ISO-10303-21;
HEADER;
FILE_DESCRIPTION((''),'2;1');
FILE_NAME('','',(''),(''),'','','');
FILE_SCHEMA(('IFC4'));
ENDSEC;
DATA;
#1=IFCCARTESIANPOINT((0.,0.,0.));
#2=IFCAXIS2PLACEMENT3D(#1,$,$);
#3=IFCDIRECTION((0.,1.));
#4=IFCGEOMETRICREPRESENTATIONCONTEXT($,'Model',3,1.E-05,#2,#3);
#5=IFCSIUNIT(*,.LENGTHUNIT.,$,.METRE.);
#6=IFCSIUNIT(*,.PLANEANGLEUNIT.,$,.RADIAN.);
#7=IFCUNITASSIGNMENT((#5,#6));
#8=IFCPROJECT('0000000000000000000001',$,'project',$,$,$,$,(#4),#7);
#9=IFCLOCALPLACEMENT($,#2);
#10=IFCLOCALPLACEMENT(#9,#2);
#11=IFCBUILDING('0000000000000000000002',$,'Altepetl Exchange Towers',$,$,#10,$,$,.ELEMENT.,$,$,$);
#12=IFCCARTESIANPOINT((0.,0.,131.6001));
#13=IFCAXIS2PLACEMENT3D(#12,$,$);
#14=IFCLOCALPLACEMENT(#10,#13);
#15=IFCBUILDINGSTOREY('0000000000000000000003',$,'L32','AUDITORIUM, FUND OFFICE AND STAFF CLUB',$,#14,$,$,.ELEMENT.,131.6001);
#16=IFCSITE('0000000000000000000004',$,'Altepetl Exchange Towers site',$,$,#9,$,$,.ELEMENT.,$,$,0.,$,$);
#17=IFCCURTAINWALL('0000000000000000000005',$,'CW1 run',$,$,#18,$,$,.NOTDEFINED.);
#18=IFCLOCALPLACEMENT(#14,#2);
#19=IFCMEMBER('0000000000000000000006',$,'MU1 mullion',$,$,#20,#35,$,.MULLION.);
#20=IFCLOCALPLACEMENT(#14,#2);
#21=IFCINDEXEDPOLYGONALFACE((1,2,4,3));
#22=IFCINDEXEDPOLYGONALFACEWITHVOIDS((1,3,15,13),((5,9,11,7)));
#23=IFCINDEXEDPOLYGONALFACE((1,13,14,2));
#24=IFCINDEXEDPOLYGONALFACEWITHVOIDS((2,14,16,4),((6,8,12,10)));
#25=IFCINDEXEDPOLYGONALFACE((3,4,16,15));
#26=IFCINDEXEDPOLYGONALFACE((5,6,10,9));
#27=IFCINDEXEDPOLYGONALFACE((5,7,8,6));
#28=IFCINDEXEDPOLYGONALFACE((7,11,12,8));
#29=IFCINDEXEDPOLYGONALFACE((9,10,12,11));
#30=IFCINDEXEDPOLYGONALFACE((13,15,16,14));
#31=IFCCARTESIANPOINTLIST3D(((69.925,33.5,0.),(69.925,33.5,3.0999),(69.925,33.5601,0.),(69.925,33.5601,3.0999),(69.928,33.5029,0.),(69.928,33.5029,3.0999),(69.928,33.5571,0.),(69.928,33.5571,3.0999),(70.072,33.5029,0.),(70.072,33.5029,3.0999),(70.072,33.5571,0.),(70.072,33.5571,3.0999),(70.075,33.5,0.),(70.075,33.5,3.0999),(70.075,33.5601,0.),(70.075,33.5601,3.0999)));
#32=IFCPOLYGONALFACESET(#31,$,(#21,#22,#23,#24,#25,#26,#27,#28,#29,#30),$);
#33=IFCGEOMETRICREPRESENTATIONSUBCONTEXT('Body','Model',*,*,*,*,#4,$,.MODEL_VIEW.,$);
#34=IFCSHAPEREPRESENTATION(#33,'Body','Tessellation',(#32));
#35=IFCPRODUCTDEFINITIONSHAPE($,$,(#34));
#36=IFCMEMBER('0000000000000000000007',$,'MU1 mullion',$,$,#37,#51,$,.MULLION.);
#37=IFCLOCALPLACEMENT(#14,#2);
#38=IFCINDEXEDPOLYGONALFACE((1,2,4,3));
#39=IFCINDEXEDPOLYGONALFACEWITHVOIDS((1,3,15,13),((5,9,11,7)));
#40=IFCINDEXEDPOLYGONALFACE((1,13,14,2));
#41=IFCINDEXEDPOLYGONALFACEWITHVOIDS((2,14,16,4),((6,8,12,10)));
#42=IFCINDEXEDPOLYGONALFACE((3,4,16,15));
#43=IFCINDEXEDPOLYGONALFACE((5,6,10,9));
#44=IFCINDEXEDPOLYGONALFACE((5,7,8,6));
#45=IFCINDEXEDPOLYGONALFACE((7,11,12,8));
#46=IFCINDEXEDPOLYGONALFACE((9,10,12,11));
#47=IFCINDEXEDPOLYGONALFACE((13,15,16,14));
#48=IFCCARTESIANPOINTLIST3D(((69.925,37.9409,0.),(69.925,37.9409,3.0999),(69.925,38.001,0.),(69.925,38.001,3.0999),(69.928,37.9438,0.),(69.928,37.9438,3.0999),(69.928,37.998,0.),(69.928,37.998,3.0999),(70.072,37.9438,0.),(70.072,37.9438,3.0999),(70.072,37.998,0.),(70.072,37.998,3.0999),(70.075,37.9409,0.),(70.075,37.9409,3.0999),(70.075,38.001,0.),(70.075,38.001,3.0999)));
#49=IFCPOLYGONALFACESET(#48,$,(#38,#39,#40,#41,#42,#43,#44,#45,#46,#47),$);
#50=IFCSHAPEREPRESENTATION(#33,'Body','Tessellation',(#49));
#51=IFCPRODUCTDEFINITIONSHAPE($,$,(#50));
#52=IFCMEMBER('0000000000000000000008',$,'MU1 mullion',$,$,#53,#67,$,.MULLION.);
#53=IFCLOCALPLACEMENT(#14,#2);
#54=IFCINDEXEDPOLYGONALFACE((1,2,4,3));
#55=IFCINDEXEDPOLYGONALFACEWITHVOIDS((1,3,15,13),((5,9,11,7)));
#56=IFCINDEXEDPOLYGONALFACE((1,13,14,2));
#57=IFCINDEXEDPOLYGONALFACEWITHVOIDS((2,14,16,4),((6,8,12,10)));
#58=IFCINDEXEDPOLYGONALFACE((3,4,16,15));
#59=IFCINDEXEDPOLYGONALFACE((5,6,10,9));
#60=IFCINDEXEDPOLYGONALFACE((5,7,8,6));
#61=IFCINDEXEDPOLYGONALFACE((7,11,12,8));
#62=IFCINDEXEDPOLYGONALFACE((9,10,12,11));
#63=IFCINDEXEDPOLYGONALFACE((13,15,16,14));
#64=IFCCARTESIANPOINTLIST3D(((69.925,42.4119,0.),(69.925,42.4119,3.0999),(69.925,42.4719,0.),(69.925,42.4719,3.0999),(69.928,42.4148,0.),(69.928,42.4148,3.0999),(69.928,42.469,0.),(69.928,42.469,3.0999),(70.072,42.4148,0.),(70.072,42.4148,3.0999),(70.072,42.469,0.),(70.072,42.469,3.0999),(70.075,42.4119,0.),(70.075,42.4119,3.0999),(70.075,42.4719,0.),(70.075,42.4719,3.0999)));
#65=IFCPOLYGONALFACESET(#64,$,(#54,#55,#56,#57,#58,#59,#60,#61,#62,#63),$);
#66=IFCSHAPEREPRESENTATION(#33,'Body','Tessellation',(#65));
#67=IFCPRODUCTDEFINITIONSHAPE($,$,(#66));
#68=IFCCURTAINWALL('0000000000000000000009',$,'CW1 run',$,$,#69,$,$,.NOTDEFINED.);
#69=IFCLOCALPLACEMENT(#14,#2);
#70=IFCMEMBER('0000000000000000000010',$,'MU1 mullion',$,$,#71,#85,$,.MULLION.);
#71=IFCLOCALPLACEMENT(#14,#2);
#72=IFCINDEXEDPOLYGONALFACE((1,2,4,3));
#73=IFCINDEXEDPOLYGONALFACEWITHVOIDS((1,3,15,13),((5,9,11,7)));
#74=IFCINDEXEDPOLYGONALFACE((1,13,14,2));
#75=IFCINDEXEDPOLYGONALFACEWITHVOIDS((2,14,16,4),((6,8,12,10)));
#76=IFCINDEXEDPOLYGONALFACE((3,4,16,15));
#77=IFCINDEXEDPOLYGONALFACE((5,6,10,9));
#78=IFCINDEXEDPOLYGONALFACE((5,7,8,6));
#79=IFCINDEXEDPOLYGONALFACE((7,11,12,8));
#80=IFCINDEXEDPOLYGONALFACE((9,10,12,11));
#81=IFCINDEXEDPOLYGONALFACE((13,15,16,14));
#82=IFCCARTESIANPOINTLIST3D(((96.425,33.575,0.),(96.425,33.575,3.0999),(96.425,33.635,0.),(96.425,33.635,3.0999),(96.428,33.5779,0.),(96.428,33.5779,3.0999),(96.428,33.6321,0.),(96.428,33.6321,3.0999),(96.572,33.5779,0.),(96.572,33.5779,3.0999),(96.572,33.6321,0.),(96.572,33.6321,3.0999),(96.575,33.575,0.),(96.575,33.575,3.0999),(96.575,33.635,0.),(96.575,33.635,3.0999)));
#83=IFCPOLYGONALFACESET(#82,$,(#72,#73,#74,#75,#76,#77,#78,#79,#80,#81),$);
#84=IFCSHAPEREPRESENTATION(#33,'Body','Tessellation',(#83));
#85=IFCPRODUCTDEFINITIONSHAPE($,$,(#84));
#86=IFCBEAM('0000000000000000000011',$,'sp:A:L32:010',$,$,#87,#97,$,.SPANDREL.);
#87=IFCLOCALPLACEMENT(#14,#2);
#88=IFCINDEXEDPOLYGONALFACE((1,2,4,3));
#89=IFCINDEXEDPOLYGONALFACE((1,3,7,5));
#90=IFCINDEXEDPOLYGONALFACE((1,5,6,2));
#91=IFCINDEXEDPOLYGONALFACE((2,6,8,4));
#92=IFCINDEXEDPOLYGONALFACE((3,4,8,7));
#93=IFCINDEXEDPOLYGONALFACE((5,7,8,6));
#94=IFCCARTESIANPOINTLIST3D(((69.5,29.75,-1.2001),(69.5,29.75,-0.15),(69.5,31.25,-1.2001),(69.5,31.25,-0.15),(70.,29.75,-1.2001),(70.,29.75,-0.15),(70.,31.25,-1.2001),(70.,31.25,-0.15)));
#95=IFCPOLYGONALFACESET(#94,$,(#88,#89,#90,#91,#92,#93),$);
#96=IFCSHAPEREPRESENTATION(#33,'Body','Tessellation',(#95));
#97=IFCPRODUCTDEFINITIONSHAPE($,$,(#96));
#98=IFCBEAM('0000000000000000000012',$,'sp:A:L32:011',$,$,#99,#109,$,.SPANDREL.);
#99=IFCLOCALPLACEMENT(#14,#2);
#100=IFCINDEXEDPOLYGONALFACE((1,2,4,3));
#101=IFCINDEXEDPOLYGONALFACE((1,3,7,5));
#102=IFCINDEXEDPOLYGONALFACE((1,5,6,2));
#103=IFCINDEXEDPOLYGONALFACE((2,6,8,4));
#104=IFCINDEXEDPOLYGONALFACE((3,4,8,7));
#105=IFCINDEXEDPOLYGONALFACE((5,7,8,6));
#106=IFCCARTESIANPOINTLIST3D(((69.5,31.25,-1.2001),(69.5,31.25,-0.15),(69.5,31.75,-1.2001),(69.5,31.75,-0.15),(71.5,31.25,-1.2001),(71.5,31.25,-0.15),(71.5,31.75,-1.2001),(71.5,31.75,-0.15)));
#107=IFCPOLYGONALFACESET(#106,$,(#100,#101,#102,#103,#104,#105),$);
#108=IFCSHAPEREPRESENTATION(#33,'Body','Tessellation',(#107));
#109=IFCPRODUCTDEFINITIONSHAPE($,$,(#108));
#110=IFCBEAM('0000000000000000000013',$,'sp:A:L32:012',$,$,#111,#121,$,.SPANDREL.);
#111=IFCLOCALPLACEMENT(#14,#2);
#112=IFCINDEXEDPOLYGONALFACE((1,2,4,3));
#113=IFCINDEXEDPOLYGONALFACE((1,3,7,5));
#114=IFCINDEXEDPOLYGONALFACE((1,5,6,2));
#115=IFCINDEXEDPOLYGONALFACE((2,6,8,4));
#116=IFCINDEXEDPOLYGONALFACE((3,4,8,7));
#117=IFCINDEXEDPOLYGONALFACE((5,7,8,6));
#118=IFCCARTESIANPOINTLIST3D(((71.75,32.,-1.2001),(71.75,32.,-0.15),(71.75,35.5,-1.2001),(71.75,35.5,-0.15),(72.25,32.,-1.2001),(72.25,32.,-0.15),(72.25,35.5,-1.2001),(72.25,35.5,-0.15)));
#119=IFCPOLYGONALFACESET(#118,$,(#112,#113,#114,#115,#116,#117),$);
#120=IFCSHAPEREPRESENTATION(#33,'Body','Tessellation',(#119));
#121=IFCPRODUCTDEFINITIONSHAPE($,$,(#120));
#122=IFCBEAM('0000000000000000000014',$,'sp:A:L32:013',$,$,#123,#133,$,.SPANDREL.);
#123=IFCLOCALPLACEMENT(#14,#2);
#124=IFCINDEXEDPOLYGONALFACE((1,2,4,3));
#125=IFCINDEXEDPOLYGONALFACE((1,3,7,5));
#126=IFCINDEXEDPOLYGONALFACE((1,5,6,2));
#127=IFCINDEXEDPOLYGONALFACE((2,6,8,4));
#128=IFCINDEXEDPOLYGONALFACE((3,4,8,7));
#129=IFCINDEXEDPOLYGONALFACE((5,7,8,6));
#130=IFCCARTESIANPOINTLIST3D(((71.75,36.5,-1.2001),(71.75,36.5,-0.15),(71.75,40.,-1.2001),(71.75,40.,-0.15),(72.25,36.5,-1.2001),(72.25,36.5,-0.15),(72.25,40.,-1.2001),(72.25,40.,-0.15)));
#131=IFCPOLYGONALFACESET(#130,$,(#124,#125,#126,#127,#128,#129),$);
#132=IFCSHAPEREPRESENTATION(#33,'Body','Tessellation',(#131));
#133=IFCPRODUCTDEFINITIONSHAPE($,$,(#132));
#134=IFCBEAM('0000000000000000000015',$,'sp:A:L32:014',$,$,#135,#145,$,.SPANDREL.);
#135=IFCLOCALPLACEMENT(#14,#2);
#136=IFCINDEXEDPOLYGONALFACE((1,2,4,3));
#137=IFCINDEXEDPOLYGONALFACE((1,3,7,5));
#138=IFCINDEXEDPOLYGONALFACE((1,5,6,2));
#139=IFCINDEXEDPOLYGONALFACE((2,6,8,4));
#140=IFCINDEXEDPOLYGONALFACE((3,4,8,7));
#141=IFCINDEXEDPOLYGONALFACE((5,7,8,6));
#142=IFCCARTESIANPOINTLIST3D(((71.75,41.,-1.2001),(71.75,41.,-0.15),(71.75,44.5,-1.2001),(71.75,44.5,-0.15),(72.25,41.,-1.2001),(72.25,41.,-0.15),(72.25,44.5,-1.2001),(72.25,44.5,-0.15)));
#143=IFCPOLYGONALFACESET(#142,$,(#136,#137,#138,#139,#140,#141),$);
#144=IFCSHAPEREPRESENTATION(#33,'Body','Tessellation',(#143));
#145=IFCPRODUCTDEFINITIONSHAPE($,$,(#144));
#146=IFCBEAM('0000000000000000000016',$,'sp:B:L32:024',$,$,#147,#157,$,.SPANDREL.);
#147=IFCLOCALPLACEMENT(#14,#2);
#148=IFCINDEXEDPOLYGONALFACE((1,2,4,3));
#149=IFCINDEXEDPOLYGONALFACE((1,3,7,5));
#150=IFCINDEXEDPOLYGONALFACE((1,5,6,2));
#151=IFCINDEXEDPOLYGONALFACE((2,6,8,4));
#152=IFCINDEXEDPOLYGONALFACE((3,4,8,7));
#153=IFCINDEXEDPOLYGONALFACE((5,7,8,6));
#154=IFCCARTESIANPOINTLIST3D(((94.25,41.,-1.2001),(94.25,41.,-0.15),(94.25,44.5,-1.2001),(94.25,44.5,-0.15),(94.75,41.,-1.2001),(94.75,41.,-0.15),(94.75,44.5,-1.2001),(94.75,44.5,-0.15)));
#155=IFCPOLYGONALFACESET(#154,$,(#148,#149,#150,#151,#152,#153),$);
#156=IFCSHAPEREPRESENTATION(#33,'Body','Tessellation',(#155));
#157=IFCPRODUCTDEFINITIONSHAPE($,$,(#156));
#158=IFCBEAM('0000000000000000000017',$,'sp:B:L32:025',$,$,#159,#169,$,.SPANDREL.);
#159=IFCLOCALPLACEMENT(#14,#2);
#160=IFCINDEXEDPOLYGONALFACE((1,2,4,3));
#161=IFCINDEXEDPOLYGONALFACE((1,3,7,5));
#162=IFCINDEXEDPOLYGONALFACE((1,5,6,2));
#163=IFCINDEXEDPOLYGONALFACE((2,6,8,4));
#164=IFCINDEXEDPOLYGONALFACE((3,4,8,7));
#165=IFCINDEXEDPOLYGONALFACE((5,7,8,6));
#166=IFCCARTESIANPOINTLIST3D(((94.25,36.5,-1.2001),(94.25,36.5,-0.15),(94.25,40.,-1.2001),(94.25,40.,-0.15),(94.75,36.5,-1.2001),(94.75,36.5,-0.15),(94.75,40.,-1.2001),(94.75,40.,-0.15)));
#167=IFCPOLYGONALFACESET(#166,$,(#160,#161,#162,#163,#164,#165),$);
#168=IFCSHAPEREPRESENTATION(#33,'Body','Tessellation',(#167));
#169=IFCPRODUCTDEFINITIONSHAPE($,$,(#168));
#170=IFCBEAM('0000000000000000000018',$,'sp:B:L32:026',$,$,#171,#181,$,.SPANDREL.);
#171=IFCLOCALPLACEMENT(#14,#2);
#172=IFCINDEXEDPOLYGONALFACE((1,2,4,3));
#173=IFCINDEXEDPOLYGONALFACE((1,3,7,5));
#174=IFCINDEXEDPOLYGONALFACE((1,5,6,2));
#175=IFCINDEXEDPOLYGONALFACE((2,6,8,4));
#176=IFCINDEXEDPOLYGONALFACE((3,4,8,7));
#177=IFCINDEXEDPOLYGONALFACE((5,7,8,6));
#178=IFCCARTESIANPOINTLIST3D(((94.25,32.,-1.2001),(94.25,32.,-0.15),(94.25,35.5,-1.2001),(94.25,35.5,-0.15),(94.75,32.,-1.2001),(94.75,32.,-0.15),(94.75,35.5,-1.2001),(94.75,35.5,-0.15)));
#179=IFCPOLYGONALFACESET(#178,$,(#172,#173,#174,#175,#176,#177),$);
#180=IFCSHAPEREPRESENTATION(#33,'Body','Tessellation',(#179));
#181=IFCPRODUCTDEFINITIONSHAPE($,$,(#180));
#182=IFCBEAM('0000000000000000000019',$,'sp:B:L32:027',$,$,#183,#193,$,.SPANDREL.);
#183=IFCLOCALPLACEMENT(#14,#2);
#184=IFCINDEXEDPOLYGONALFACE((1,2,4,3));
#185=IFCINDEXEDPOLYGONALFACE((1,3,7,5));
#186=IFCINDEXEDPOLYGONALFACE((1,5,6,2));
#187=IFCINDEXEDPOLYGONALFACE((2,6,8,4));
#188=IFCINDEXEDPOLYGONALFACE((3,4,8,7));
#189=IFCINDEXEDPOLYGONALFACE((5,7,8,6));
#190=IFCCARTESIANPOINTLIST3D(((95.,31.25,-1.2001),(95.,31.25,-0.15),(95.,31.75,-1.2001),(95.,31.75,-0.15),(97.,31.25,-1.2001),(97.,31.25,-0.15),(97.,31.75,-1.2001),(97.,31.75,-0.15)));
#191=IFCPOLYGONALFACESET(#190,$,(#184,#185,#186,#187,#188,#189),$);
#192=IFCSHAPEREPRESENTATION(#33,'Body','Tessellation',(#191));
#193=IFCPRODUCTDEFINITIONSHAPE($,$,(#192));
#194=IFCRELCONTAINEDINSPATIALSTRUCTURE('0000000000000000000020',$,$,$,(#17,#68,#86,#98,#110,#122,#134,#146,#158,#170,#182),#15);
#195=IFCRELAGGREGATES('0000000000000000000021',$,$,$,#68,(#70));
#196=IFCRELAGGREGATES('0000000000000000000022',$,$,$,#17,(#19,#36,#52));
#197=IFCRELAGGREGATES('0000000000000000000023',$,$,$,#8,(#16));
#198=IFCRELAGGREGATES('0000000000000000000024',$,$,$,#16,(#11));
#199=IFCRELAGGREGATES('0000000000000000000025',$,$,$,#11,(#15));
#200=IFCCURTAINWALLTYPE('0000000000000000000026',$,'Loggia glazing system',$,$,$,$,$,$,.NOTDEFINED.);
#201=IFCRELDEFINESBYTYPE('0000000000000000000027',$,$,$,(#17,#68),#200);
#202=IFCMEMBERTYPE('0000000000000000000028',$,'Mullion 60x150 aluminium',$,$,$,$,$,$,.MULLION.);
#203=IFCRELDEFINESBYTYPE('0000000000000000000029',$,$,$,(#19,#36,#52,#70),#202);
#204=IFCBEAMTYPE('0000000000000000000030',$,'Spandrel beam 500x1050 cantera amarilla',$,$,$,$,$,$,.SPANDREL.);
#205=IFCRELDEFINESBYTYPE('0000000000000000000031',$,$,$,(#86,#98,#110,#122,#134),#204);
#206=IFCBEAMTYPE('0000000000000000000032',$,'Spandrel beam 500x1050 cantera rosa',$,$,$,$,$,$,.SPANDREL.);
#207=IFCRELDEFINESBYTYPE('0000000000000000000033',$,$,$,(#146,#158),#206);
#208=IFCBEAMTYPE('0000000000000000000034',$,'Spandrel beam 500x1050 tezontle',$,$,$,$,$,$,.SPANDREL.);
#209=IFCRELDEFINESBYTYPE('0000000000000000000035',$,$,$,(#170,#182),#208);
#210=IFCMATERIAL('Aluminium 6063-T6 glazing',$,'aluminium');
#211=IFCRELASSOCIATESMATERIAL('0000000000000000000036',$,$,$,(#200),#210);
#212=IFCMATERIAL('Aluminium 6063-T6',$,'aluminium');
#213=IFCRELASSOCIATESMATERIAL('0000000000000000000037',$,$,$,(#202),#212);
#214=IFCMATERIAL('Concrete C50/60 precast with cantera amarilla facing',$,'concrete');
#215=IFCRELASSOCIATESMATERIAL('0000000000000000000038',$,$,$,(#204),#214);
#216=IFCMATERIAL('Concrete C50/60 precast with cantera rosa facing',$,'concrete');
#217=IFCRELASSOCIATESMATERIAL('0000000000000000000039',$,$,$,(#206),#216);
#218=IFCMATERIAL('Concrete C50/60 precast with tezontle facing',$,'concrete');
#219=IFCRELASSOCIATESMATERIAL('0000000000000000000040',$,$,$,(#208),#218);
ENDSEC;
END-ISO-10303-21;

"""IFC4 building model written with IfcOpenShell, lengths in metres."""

from ifc_helpers import new_model, si_unit, direction, frame, origin, origin_2d, place, context, subcontext, project, spatial, rectangle, hollow_rectangle, extrude, material, material_profile, profile_set, type_object, element, aggregate, save


model = new_model("IFC4")

# Units and contexts
model_context = context("Model", 3, precision=1e-05, world=origin(), true_north=direction((0.0, 1.0)))
body_context = subcontext(model_context, "Body", "Model", "MODEL_VIEW")
ifc_project = project(units=[si_unit("LENGTHUNIT", "METRE"), si_unit("PLANEANGLEUNIT", "RADIAN")], contexts=[model_context])

# Site, building, storey
site_placement = place(None, origin())
site = spatial("IfcSite", under=ifc_project, at=site_placement, Name="Altepetl Exchange Towers site", CompositionType="ELEMENT", RefElevation=0.0)
building_placement = place(site_placement, origin())
building = spatial("IfcBuilding", under=site, at=building_placement, Name="Altepetl Exchange Towers", CompositionType="ELEMENT")
storey_placement = place(building_placement, frame((0.0, 0.0, 131.6001)))
storey = spatial("IfcBuildingStorey", under=building, at=storey_placement, Name="L32", Description="AUDITORIUM, FUND OFFICE AND STAFF CLUB", CompositionType="ELEMENT", Elevation=131.6001)

# Curtain wall, members
ifc_material_1 = material(Name="Aluminium 6063-T6 glazing", Category="aluminium")
curtain_wall_type = type_object("IfcCurtainWallType", Name="Loggia glazing system", PredefinedType="NOTDEFINED", material=ifc_material_1)
ifc_material_2 = material(Name="Aluminium 6063-T6", Category="aluminium")
ifc_material_profile_1 = material_profile(ifc_material_2, hollow_rectangle(XDim=0.0601, YDim=0.1499, WallThickness=0.0029, at=origin_2d()), Name="Mullion 60x150 aluminium")
ifc_profile_set_1 = profile_set([ifc_material_profile_1], Name="Aluminium 6063-T6")
member_type = type_object("IfcMemberType", Name="Mullion 60x150 aluminium", PredefinedType="MULLION", material=ifc_profile_set_1)
curtain_wall_1_placement = place(storey_placement, origin())
curtain_wall_1 = element("IfcCurtainWall", 1, at=curtain_wall_1_placement, inside=storey, type_object=curtain_wall_type, Name="CW1 run", PredefinedType="NOTDEFINED")
member_1_placement = place(storey_placement, frame((70.0, 33.53, 0.0), z_axis=(0.0, 0.0, 1.0), x_axis=(0.0, 1.0, 0.0)))
member_1 = element("IfcMember", 2, at=member_1_placement, type_object=member_type, Name="MU1 mullion", PredefinedType="MULLION", context=body_context, shape_type="SweptSolid", body=[
    extrude(hollow_rectangle(XDim=0.0601, YDim=0.1499, WallThickness=0.0029, at=origin_2d()), origin(), (0.0, 0.0, 1.0), 3.0999),
])
member_2_placement = place(storey_placement, frame((70.0, 37.9709, 0.0), z_axis=(0.0, 0.0, 1.0), x_axis=(0.0, 1.0, 0.0)))
member_2 = element("IfcMember", 3, at=member_2_placement, type_object=member_type, Name="MU1 mullion", PredefinedType="MULLION", context=body_context, shape_type="SweptSolid", body=[
    extrude(hollow_rectangle(XDim=0.0601, YDim=0.1499, WallThickness=0.0029, at=origin_2d()), origin(), (0.0, 0.0, 1.0), 3.0999),
])
member_3_placement = place(storey_placement, frame((70.0, 42.4419, 0.0), z_axis=(0.0, 0.0, 1.0), x_axis=(0.0, 1.0, 0.0)))
member_3 = element("IfcMember", 4, at=member_3_placement, type_object=member_type, Name="MU1 mullion", PredefinedType="MULLION", context=body_context, shape_type="SweptSolid", body=[
    extrude(hollow_rectangle(XDim=0.0601, YDim=0.1499, WallThickness=0.0029, at=origin_2d()), origin(), (0.0, 0.0, 1.0), 3.0999),
])

# Curtain wall, member
curtain_wall_2_placement = place(storey_placement, origin())
curtain_wall_2 = element("IfcCurtainWall", 5, at=curtain_wall_2_placement, inside=storey, type_object=curtain_wall_type, Name="CW1 run", PredefinedType="NOTDEFINED")
member_4_placement = place(storey_placement, frame((96.5, 33.605, 0.0), z_axis=(0.0, 0.0, 1.0), x_axis=(0.0, -1.0, 0.0)))
member_4 = element("IfcMember", 6, at=member_4_placement, type_object=member_type, Name="MU1 mullion", PredefinedType="MULLION", context=body_context, shape_type="SweptSolid", body=[
    extrude(hollow_rectangle(XDim=0.0601, YDim=0.1499, WallThickness=0.0029, at=origin_2d()), origin(), (0.0, 0.0, 1.0), 3.0999),
])
aggregate(curtain_wall_2, [member_4])

# Beams
ifc_material_3 = material(Name="Concrete C50/60 precast with cantera amarilla facing", Category="concrete")
ifc_material_profile_2 = material_profile(ifc_material_3, rectangle(XDim=0.5, YDim=1.05, at=origin_2d()), Name="500 x 1050")
ifc_profile_set_2 = profile_set([ifc_material_profile_2], Name="Concrete C50/60 precast with cantera amarilla facing")
beam_type_1 = type_object("IfcBeamType", Name="Spandrel beam 500x1050 cantera amarilla", PredefinedType="SPANDREL", material=ifc_profile_set_2)
beam_1_placement = place(storey_placement, frame((69.75, 29.75, -0.675), z_axis=(0.0, 1.0, 0.0), x_axis=(-1.0, 0.0, 0.0)))
element("IfcBeam", 7, at=beam_1_placement, inside=storey, type_object=beam_type_1, Name="sp:A:L32:010", PredefinedType="SPANDREL", context=body_context, shape_type="SweptSolid", body=[
    extrude(rectangle(XDim=0.5, YDim=1.05, at=origin_2d()), origin(), (0.0, 0.0, 1.0), 1.5),
])
beam_2_placement = place(storey_placement, frame((69.5, 31.5, -0.675), z_axis=(1.0, 0.0, 0.0), x_axis=(0.0, 1.0, 0.0)))
element("IfcBeam", 8, at=beam_2_placement, inside=storey, type_object=beam_type_1, Name="sp:A:L32:011", PredefinedType="SPANDREL", context=body_context, shape_type="SweptSolid", body=[
    extrude(rectangle(XDim=0.5, YDim=1.05, at=origin_2d()), origin(), (0.0, 0.0, 1.0), 2.0),
])
for number, where, z_axis, x_axis, name in (
    (9, (72.0, 32.0, -0.675), (0.0, 1.0, 0.0), (-1.0, 0.0, 0.0), "sp:A:L32:012"),
    (10, (72.0, 36.5, -0.675), (0.0, 1.0, 0.0), (-1.0, 0.0, 0.0), "sp:A:L32:013"),
    (11, (72.0, 41.0, -0.675), (0.0, 1.0, 0.0), (-1.0, 0.0, 0.0), "sp:A:L32:014"),
):
    element("IfcBeam", number, at=place(storey_placement, frame(where, z_axis=z_axis, x_axis=x_axis)), inside=storey, type_object=beam_type_1, Name=name, PredefinedType="SPANDREL", context=body_context, shape_type="SweptSolid", body=[
        extrude(rectangle(XDim=0.5, YDim=1.05, at=origin_2d()), origin(), (0.0, 0.0, 1.0), 3.5),
    ])
ifc_material_4 = material(Name="Concrete C50/60 precast with cantera rosa facing", Category="concrete")
ifc_material_profile_3 = material_profile(ifc_material_4, rectangle(XDim=0.5, YDim=1.05, at=origin_2d()), Name="500 x 1050")
ifc_profile_set_3 = profile_set([ifc_material_profile_3], Name="Concrete C50/60 precast with cantera rosa facing")
beam_type_2 = type_object("IfcBeamType", Name="Spandrel beam 500x1050 cantera rosa", PredefinedType="SPANDREL", material=ifc_profile_set_3)
for number, where, z_axis, x_axis, name in (
    (12, (94.5, 44.5, -0.675), (0.0, -1.0, 0.0), (1.0, 0.0, 0.0), "sp:B:L32:024"),
    (13, (94.5, 40.0, -0.675), (0.0, -1.0, 0.0), (1.0, 0.0, 0.0), "sp:B:L32:025"),
):
    element("IfcBeam", number, at=place(storey_placement, frame(where, z_axis=z_axis, x_axis=x_axis)), inside=storey, type_object=beam_type_2, Name=name, PredefinedType="SPANDREL", context=body_context, shape_type="SweptSolid", body=[
        extrude(rectangle(XDim=0.5, YDim=1.05, at=origin_2d()), origin(), (0.0, 0.0, 1.0), 3.5),
    ])
ifc_material_5 = material(Name="Concrete C50/60 precast with tezontle facing", Category="concrete")
ifc_material_profile_4 = material_profile(ifc_material_5, rectangle(XDim=0.5, YDim=1.05, at=origin_2d()), Name="500 x 1050")
ifc_profile_set_4 = profile_set([ifc_material_profile_4], Name="Concrete C50/60 precast with tezontle facing")
beam_type_3 = type_object("IfcBeamType", Name="Spandrel beam 500x1050 tezontle", PredefinedType="SPANDREL", material=ifc_profile_set_4)
beam_3_placement = place(storey_placement, frame((94.5, 35.5, -0.675), z_axis=(0.0, -1.0, 0.0), x_axis=(1.0, 0.0, 0.0)))
element("IfcBeam", 14, at=beam_3_placement, inside=storey, type_object=beam_type_3, Name="sp:B:L32:026", PredefinedType="SPANDREL", context=body_context, shape_type="SweptSolid", body=[
    extrude(rectangle(XDim=0.5, YDim=1.05, at=origin_2d()), origin(), (0.0, 0.0, 1.0), 3.5),
])
beam_4_placement = place(storey_placement, frame((95.0, 31.5, -0.675), z_axis=(1.0, 0.0, 0.0), x_axis=(0.0, 1.0, 0.0)))
element("IfcBeam", 15, at=beam_4_placement, inside=storey, type_object=beam_type_3, Name="sp:B:L32:027", PredefinedType="SPANDREL", context=body_context, shape_type="SweptSolid", body=[
    extrude(rectangle(XDim=0.5, YDim=1.05, at=origin_2d()), origin(), (0.0, 0.0, 1.0), 2.0),
])

aggregate(curtain_wall_1, [member_1, member_2, member_3])

save(model, "model.ifc")
